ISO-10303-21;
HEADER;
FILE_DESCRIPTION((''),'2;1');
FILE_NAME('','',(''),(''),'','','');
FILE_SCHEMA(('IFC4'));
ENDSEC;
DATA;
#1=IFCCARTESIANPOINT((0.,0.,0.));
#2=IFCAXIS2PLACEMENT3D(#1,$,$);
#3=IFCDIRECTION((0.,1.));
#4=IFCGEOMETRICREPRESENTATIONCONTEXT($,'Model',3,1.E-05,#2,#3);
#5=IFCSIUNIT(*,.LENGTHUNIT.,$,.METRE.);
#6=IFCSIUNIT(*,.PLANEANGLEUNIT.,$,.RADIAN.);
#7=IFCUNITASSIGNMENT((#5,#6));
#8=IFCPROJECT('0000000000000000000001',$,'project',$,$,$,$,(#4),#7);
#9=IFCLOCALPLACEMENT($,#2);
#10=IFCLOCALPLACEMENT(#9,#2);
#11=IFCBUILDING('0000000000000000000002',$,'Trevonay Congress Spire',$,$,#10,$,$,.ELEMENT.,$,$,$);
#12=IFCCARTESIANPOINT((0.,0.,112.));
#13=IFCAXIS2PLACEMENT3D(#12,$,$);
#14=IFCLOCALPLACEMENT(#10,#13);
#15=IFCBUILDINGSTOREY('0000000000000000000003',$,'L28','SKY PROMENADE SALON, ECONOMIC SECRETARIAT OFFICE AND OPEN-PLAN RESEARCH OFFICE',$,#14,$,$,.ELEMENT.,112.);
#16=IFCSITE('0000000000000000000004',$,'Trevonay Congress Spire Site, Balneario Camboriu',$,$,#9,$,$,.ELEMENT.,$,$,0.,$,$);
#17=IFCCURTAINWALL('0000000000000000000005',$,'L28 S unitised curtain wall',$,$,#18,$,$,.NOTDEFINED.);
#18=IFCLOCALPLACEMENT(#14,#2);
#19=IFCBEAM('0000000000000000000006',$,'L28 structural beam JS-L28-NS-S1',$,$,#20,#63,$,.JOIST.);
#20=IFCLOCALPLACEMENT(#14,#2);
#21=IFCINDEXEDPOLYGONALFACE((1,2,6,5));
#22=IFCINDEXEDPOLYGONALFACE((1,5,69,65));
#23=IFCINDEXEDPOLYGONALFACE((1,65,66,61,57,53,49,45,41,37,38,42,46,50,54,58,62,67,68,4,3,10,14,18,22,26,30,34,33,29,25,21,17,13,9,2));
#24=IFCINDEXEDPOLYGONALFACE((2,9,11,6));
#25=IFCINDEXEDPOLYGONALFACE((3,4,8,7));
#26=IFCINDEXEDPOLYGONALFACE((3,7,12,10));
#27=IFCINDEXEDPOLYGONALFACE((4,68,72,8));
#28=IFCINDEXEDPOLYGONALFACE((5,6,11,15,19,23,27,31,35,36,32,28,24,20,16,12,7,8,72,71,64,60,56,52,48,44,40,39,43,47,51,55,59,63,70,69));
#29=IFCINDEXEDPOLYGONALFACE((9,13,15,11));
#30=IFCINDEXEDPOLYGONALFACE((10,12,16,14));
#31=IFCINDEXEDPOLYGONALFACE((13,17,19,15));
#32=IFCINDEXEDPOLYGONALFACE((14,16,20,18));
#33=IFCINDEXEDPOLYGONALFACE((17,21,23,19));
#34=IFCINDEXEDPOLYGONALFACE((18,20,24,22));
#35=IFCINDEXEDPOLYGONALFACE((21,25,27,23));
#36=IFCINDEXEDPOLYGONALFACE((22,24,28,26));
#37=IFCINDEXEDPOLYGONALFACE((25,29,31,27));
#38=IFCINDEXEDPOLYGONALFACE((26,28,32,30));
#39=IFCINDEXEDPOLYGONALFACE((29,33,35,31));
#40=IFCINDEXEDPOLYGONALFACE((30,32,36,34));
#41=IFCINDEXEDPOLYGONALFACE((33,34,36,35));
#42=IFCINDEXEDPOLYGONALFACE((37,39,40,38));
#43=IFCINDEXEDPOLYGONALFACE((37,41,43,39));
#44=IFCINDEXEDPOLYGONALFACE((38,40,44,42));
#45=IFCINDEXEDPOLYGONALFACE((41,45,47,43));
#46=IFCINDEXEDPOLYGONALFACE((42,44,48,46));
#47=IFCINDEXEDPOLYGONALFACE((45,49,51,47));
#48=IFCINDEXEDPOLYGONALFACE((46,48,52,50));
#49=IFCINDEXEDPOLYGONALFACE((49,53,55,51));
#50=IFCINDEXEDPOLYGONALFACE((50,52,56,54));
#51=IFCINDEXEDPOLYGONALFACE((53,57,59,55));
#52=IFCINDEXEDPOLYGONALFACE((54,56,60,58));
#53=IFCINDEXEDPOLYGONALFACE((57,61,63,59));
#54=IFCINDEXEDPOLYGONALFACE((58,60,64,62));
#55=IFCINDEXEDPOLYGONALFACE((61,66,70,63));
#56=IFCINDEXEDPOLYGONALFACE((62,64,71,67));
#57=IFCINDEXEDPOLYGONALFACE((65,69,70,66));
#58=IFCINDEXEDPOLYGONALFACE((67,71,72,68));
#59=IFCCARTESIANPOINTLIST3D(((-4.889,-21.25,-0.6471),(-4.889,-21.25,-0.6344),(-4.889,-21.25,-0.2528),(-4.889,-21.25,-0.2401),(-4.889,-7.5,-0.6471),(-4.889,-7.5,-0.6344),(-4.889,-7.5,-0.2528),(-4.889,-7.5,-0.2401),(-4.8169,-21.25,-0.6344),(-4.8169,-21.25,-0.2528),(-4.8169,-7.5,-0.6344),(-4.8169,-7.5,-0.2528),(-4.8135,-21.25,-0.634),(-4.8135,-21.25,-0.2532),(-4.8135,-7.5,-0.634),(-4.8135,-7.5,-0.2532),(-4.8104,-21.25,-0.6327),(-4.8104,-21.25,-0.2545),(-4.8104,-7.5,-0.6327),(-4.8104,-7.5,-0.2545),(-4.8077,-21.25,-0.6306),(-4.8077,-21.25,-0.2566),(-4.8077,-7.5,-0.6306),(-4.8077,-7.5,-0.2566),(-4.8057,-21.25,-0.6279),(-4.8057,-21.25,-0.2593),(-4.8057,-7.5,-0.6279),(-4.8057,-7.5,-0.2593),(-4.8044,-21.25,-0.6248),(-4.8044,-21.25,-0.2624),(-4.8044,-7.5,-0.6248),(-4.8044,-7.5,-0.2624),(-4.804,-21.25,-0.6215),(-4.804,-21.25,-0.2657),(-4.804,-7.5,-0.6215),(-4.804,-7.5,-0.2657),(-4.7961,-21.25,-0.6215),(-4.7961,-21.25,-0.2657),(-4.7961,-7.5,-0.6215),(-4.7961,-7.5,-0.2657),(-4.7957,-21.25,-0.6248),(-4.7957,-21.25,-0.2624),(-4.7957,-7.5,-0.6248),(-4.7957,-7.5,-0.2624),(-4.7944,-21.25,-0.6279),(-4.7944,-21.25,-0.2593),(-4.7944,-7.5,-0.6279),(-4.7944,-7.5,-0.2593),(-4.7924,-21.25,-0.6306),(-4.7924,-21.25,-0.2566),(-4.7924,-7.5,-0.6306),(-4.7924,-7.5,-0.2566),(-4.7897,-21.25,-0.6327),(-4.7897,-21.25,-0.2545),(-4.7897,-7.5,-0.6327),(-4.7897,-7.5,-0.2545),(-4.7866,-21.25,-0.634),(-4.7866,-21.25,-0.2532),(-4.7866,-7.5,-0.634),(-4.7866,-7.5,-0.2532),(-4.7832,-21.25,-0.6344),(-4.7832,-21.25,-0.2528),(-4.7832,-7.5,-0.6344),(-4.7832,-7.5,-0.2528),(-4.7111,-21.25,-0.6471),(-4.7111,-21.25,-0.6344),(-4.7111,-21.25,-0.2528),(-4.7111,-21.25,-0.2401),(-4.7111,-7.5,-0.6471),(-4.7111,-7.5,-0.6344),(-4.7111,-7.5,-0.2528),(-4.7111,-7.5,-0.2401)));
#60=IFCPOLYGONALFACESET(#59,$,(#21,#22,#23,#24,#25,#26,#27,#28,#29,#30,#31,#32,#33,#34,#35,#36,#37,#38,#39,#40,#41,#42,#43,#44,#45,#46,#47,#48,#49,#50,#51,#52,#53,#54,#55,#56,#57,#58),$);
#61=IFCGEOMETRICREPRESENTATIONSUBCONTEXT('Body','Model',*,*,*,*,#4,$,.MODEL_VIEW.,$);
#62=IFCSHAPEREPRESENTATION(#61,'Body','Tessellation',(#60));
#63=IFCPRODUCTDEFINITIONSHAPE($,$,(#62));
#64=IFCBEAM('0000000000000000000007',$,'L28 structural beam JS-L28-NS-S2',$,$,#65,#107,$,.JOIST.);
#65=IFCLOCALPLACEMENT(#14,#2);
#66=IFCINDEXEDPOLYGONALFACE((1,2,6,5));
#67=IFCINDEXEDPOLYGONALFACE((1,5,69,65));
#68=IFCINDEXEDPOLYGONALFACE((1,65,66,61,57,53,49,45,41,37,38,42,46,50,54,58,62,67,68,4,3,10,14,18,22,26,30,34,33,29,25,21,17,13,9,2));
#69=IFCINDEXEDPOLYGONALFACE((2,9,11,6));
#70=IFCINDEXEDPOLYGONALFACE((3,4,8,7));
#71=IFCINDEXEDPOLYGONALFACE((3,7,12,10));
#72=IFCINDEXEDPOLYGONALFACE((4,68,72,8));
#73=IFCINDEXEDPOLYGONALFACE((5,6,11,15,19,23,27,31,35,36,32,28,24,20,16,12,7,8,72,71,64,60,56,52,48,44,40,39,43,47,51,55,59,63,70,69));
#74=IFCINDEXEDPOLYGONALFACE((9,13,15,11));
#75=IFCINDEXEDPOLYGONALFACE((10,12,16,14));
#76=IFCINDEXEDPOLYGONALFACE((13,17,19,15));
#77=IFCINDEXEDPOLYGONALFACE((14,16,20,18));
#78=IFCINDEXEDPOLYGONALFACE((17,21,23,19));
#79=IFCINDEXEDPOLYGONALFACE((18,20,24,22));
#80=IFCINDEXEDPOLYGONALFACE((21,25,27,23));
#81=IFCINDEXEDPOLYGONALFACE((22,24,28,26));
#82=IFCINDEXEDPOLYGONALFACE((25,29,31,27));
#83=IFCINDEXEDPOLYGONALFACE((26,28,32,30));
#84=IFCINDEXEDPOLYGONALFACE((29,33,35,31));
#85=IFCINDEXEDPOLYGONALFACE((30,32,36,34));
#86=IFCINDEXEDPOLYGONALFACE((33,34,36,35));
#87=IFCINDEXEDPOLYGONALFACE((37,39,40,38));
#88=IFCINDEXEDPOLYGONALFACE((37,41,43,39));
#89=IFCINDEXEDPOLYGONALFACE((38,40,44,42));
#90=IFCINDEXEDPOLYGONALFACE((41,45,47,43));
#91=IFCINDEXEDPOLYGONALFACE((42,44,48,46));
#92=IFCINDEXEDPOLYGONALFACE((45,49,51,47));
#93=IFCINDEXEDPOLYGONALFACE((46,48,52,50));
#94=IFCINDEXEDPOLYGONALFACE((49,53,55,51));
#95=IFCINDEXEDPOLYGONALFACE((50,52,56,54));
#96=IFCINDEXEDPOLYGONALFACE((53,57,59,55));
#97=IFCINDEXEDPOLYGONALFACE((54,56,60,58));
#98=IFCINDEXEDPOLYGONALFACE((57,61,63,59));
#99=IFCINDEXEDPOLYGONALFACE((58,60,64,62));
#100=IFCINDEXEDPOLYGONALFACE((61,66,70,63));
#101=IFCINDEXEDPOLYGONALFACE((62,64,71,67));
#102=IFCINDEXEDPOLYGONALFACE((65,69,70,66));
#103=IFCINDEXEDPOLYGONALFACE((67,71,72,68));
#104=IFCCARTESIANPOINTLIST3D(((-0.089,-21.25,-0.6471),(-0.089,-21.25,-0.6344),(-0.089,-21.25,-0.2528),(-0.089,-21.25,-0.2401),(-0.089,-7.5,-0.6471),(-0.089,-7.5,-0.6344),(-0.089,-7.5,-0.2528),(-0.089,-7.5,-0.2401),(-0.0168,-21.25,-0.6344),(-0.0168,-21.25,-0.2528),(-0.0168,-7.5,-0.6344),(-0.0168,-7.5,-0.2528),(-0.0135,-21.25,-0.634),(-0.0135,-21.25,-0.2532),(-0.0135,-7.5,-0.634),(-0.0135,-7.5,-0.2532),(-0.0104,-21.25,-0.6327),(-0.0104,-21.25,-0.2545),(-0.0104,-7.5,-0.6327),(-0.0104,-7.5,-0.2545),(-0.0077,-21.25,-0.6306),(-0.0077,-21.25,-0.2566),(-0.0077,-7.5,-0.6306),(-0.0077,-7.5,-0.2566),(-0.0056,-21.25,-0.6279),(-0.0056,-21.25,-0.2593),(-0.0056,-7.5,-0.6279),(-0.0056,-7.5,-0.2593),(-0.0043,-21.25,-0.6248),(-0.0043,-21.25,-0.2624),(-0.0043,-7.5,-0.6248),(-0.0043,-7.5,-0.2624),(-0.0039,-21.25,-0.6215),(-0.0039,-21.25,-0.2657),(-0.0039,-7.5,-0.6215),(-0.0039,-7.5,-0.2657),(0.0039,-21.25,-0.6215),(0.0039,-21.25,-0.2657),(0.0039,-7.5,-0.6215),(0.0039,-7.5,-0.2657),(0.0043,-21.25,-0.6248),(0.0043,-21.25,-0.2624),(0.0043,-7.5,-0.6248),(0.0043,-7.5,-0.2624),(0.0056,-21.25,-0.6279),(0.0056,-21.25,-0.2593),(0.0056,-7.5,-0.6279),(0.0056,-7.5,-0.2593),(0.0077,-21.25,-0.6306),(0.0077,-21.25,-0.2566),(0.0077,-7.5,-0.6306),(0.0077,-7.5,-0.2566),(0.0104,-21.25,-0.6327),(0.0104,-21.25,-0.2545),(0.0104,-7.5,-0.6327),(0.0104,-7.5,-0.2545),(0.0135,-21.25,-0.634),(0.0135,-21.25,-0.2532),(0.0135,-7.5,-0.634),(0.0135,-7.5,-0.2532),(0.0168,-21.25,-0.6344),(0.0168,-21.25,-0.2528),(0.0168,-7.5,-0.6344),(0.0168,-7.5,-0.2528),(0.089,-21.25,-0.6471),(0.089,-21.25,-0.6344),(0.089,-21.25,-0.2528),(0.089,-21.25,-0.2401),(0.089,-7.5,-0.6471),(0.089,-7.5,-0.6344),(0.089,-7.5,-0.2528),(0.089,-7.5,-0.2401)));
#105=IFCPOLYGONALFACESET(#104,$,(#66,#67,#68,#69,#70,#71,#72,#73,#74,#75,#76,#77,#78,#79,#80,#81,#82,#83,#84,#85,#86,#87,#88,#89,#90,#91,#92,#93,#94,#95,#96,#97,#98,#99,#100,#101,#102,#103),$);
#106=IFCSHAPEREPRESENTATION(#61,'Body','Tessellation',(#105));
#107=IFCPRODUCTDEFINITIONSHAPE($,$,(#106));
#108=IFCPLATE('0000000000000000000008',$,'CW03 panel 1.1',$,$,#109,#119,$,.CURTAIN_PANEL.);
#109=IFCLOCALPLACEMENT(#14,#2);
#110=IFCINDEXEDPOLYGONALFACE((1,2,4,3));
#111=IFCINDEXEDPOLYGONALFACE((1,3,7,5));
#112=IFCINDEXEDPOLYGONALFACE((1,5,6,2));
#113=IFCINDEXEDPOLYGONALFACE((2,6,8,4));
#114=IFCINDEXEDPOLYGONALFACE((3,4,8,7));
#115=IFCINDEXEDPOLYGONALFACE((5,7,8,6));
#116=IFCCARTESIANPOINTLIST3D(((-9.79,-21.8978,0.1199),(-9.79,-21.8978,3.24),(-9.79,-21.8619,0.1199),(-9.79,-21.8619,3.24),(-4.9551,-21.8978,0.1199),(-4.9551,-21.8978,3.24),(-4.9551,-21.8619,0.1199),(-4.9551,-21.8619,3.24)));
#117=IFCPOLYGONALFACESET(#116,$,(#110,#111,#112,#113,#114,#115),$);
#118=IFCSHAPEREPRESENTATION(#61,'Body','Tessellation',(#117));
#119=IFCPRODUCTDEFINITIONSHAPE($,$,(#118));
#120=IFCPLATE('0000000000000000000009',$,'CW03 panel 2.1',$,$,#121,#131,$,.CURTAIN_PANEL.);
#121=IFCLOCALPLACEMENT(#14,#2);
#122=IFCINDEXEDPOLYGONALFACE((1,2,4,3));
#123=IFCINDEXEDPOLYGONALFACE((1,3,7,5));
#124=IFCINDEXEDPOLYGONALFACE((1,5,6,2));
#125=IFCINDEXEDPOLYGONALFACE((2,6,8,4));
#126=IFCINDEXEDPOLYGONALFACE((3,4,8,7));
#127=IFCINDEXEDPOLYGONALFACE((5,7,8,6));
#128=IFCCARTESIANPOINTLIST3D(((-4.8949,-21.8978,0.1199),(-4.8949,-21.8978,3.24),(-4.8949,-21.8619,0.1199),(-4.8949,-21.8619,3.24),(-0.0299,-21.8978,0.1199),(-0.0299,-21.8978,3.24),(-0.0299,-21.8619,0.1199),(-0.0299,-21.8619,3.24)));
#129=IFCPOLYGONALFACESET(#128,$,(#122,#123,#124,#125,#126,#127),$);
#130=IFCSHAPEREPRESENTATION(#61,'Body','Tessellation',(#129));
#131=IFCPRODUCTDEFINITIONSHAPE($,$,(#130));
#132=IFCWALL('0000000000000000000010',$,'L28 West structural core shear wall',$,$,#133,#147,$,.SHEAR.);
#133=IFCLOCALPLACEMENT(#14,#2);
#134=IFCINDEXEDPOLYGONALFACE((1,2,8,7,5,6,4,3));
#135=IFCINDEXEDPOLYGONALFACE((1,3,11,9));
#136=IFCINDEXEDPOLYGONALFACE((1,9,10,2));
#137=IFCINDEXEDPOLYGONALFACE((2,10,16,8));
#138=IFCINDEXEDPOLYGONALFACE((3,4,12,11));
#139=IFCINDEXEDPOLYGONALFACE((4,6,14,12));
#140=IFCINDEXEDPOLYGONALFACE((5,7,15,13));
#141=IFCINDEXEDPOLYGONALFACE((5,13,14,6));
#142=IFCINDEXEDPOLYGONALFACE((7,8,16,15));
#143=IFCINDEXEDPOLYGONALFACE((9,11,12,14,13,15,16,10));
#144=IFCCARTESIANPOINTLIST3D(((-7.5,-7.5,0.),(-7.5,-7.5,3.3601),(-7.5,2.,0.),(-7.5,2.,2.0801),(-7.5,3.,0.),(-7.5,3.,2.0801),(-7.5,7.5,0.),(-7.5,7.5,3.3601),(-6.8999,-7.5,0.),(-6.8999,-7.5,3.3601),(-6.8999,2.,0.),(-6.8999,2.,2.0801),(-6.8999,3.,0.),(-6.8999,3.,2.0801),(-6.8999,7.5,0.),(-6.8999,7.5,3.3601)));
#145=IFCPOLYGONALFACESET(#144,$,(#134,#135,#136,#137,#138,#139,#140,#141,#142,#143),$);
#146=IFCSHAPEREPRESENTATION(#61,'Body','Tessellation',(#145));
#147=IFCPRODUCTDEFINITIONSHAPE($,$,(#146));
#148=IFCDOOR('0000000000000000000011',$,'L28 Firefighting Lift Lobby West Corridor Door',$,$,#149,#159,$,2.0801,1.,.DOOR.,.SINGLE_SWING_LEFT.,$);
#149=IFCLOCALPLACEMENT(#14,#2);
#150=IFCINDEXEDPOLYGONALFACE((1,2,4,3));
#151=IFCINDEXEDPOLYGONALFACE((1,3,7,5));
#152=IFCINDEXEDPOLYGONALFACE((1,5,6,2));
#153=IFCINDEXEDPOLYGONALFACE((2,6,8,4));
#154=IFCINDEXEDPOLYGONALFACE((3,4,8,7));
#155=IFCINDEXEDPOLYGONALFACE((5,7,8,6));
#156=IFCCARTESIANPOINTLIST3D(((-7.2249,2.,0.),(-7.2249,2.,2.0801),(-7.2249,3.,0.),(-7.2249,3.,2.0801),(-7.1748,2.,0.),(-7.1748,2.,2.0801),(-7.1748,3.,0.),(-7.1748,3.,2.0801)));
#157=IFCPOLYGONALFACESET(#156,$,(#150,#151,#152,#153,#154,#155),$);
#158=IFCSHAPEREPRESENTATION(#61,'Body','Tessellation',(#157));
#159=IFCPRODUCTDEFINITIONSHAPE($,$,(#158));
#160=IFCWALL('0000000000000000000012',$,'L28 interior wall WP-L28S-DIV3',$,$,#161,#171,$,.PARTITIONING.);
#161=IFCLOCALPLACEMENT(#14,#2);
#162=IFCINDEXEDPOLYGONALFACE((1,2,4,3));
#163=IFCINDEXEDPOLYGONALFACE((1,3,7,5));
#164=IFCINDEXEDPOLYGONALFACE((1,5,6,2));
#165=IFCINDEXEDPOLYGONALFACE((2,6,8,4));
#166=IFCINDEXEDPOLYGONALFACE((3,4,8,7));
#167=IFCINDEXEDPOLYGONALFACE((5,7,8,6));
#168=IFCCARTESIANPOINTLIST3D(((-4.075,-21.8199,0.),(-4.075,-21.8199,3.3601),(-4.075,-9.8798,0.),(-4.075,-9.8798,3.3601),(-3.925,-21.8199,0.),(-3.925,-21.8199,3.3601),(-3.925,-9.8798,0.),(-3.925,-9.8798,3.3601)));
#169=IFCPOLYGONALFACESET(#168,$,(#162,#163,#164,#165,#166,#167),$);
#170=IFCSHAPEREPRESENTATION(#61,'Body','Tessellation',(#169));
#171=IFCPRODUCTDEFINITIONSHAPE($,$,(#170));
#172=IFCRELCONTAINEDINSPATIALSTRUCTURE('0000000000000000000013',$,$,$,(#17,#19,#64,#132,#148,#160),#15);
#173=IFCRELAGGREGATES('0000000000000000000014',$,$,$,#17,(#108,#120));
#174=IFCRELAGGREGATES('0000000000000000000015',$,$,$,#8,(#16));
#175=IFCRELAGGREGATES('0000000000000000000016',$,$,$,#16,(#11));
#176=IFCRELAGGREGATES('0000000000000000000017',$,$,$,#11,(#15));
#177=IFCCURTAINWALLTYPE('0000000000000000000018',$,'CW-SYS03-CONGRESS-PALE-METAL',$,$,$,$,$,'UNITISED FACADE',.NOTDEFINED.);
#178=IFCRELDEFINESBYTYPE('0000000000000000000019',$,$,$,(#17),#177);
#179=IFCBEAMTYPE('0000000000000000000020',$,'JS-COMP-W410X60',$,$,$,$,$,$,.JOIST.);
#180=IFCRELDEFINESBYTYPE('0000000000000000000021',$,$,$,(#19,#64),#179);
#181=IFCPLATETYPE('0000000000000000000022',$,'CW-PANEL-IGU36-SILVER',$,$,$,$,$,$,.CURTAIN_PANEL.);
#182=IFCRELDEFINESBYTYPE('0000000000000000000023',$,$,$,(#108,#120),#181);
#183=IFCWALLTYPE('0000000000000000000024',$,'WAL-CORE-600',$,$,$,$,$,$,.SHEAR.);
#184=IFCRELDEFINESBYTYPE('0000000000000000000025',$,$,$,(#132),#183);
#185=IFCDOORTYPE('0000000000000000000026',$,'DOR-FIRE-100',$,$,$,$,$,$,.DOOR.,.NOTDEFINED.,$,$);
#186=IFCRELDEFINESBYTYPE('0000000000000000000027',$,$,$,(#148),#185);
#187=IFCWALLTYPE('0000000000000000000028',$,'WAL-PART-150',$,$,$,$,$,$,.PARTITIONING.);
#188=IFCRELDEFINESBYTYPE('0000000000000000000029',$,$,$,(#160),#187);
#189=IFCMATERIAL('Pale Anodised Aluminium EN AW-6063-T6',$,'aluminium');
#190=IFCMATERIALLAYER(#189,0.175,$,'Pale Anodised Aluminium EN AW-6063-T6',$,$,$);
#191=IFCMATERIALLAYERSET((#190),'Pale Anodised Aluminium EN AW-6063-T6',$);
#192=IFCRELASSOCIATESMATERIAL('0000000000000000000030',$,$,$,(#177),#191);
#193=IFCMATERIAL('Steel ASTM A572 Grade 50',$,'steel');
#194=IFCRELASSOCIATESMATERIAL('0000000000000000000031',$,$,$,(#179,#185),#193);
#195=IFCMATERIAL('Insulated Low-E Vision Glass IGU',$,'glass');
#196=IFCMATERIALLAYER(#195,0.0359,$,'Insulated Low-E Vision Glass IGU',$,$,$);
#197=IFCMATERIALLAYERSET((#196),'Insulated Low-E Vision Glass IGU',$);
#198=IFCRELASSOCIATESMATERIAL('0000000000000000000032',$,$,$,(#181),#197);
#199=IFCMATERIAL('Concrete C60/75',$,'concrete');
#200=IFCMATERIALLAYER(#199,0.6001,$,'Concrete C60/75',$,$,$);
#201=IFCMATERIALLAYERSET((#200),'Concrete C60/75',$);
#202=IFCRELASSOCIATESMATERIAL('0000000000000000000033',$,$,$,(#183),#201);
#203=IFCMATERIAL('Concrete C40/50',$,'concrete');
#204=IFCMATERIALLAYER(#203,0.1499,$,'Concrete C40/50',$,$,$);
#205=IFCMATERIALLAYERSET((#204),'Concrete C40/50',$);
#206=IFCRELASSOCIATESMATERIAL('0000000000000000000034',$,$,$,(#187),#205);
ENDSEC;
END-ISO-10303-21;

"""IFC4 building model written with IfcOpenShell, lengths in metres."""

from ifc_helpers import new_model, si_unit, direction, frame, frame_2d, origin, origin_2d, place, context, subcontext, project, spatial, rectangle, i_section, extrude, material, layer, layer_set, material_profile, profile_set, type_object, element, fill, aggregate, save


model = new_model("IFC4")

# Units and contexts
model_context = context("Model", 3, precision=1e-05, world=origin(), true_north=direction((0.0, 1.0)))
body_context = subcontext(model_context, "Body", "Model", "MODEL_VIEW")
ifc_project = project(units=[si_unit("LENGTHUNIT", "METRE"), si_unit("PLANEANGLEUNIT", "RADIAN")], contexts=[model_context])

# Site, building, storey
site_placement = place(None, origin())
site = spatial("IfcSite", under=ifc_project, at=site_placement, Name="Trevonay Congress Spire Site, Balneario Camboriu", CompositionType="ELEMENT", RefElevation=0.0)
building_placement = place(site_placement, origin())
building = spatial("IfcBuilding", under=site, at=building_placement, Name="Trevonay Congress Spire", CompositionType="ELEMENT")
storey_placement = place(building_placement, frame((0.0, 0.0, 112.0)))
storey = spatial("IfcBuildingStorey", under=building, at=storey_placement, Name="L28", Description="SKY PROMENADE SALON, ECONOMIC SECRETARIAT OFFICE AND OPEN-PLAN RESEARCH OFFICE", CompositionType="ELEMENT", Elevation=112.0)

# Shared definitions
ifc_material_1 = material(Name="Steel ASTM A572 Grade 50", Category="steel")

# Curtain wall
ifc_material_2 = material(Name="Pale Anodised Aluminium EN AW-6063-T6", Category="aluminium")
ifc_layer_1 = layer(ifc_material_2, 0.175, Name="Pale Anodised Aluminium EN AW-6063-T6")
ifc_layer_set_1 = layer_set([ifc_layer_1], Name="Pale Anodised Aluminium EN AW-6063-T6")
curtain_wall_type = type_object("IfcCurtainWallType", Name="CW-SYS03-CONGRESS-PALE-METAL", ElementType="UNITISED FACADE", PredefinedType="NOTDEFINED", material=ifc_layer_set_1)
curtain_wall_placement = place(storey_placement, origin())
curtain_wall = element("IfcCurtainWall", 1, at=curtain_wall_placement, inside=storey, type_object=curtain_wall_type, Name="L28 S unitised curtain wall", PredefinedType="NOTDEFINED")

# Beams
ifc_material_profile_1 = material_profile(ifc_material_1, i_section(OverallWidth=0.178, OverallDepth=0.407, WebThickness=0.0078, FlangeThickness=0.0127, FilletRadius=0.0129, at=origin_2d()), Name="W410x60")
ifc_profile_set_1 = profile_set([ifc_material_profile_1], Name="Steel ASTM A572 Grade 50")
beam_type_1 = type_object("IfcBeamType", Name="JS-COMP-W410X60", PredefinedType="JOIST", material=ifc_profile_set_1)
for number, where, z_axis, x_axis, name in (
    (2, (-4.8, -21.25, -0.4436), (0.0, 1.0, 0.0), (-1.0, 0.0, 0.0), "L28 structural beam JS-L28-NS-S1"),
    (3, (0.0, -21.25, -0.4436), (0.0, 1.0, 0.0), (-1.0, 0.0, 0.0), "L28 structural beam JS-L28-NS-S2"),
):
    element("IfcBeam", number, at=place(storey_placement, frame(where, z_axis=z_axis, x_axis=x_axis)), inside=storey, type_object=beam_type_1, Name=name, PredefinedType="JOIST", context=body_context, shape_type="SweptSolid", body=[
        extrude(i_section(OverallWidth=0.178, OverallDepth=0.407, WebThickness=0.0078, FlangeThickness=0.0127, FilletRadius=0.0129, at=origin_2d()), origin(), (0.0, 0.0, 1.0), 13.75),
    ])

# Plates
ifc_material_3 = material(Name="Insulated Low-E Vision Glass IGU", Category="glass")
ifc_layer_2 = layer(ifc_material_3, 0.0359, Name="Insulated Low-E Vision Glass IGU")
ifc_layer_set_2 = layer_set([ifc_layer_2], Name="Insulated Low-E Vision Glass IGU")
plate_type = type_object("IfcPlateType", Name="CW-PANEL-IGU36-SILVER", PredefinedType="CURTAIN_PANEL", material=ifc_layer_set_2)
plate_1_placement = place(storey_placement, frame((-7.3726, -21.8799, 0.1199), z_axis=(0.0, 0.0, 1.0), x_axis=(1.0, 0.0, 0.0)))
plate_1 = element("IfcPlate", 4, at=plate_1_placement, type_object=plate_type, Name="CW03 panel 1.1", PredefinedType="CURTAIN_PANEL", context=body_context, shape_type="SweptSolid", body=[
    extrude(rectangle(XDim=4.835, YDim=0.0359, at=origin_2d()), origin(), (0.0, 0.0, 1.0), 3.1201),
])
plate_2_placement = place(storey_placement, frame((-2.4624, -21.8799, 0.1199), z_axis=(0.0, 0.0, 1.0), x_axis=(1.0, 0.0, 0.0)))
plate_2 = element("IfcPlate", 5, at=plate_2_placement, type_object=plate_type, Name="CW03 panel 2.1", PredefinedType="CURTAIN_PANEL", context=body_context, shape_type="SweptSolid", body=[
    extrude(rectangle(XDim=4.865, YDim=0.0359, at=origin_2d()), origin(), (0.0, 0.0, 1.0), 3.1201),
])
aggregate(curtain_wall, [plate_1, plate_2])

# Wall, opening, door
ifc_material_4 = material(Name="Concrete C60/75", Category="concrete")
ifc_layer_3 = layer(ifc_material_4, 0.6001, Name="Concrete C60/75")
ifc_layer_set_3 = layer_set([ifc_layer_3], Name="Concrete C60/75")
wall_type_1 = type_object("IfcWallType", Name="WAL-CORE-600", PredefinedType="SHEAR", material=ifc_layer_set_3)
wall_1_placement = place(storey_placement, frame((-7.2, -7.5, 0.0), z_axis=(0.0, 0.0, 1.0), x_axis=(0.0, 1.0, 0.0)))
wall_1 = element("IfcWall", 6, at=wall_1_placement, inside=storey, type_object=wall_type_1, Name="L28 West structural core shear wall", PredefinedType="SHEAR", context=body_context, shape_type="SweptSolid", body=[
    extrude(rectangle(XDim=15.0, YDim=0.6001, at=frame_2d((7.5, 0.0))), origin(), (0.0, 0.0, 1.0), 3.3601),
])
opening_placement = place(wall_1_placement, frame((9.5, 0.0, 0.0)))
opening = element("IfcOpeningElement", 7, at=opening_placement, cuts=wall_1, PredefinedType="OPENING", context=body_context, shape_type="SweptSolid", body=[
    extrude(rectangle(XDim=1.0, YDim=2.0801, at=frame_2d((0.5, 1.04))), frame((0.0, 0.3101, 0.0), z_axis=(0.0, -1.0, 0.0), x_axis=(1.0, 0.0, 0.0)), (0.0, 0.0, 1.0), 0.6201),
])
door_type = type_object("IfcDoorType", Name="DOR-FIRE-100", OperationType="NOTDEFINED", PredefinedType="DOOR", material=ifc_material_1)
door_placement = place(opening_placement, origin())
door = element("IfcDoor", 8, at=door_placement, inside=storey, type_object=door_type, Name="L28 Firefighting Lift Lobby West Corridor Door", OperationType="SINGLE_SWING_LEFT", OverallHeight=2.0801, OverallWidth=1.0, PredefinedType="DOOR", context=body_context, shape_type="SweptSolid", body=[
    extrude(rectangle(XDim=1.0, YDim=2.0801, at=frame_2d((0.5, 1.04))), frame((0.0, 0.0249, 0.0), z_axis=(0.0, -1.0, 0.0), x_axis=(1.0, 0.0, 0.0)), (0.0, 0.0, 1.0), 0.05),
])
fill(opening, door)

# Wall
ifc_material_5 = material(Name="Concrete C40/50", Category="concrete")
ifc_layer_4 = layer(ifc_material_5, 0.1499, Name="Concrete C40/50")
ifc_layer_set_4 = layer_set([ifc_layer_4], Name="Concrete C40/50")
wall_type_2 = type_object("IfcWallType", Name="WAL-PART-150", PredefinedType="PARTITIONING", material=ifc_layer_set_4)
wall_2_placement = place(storey_placement, frame((-4.0, -21.8201, 0.0), z_axis=(0.0, 0.0, 1.0), x_axis=(0.0, 1.0, 0.0)))
element("IfcWall", 9, at=wall_2_placement, inside=storey, type_object=wall_type_2, Name="L28 interior wall WP-L28S-DIV3", PredefinedType="PARTITIONING", context=body_context, shape_type="SweptSolid", body=[
    extrude(rectangle(XDim=11.9402, YDim=0.1499, at=frame_2d((5.9702, 0.0))), origin(), (0.0, 0.0, 1.0), 3.3601),
])

save(model, "model.ifc")
